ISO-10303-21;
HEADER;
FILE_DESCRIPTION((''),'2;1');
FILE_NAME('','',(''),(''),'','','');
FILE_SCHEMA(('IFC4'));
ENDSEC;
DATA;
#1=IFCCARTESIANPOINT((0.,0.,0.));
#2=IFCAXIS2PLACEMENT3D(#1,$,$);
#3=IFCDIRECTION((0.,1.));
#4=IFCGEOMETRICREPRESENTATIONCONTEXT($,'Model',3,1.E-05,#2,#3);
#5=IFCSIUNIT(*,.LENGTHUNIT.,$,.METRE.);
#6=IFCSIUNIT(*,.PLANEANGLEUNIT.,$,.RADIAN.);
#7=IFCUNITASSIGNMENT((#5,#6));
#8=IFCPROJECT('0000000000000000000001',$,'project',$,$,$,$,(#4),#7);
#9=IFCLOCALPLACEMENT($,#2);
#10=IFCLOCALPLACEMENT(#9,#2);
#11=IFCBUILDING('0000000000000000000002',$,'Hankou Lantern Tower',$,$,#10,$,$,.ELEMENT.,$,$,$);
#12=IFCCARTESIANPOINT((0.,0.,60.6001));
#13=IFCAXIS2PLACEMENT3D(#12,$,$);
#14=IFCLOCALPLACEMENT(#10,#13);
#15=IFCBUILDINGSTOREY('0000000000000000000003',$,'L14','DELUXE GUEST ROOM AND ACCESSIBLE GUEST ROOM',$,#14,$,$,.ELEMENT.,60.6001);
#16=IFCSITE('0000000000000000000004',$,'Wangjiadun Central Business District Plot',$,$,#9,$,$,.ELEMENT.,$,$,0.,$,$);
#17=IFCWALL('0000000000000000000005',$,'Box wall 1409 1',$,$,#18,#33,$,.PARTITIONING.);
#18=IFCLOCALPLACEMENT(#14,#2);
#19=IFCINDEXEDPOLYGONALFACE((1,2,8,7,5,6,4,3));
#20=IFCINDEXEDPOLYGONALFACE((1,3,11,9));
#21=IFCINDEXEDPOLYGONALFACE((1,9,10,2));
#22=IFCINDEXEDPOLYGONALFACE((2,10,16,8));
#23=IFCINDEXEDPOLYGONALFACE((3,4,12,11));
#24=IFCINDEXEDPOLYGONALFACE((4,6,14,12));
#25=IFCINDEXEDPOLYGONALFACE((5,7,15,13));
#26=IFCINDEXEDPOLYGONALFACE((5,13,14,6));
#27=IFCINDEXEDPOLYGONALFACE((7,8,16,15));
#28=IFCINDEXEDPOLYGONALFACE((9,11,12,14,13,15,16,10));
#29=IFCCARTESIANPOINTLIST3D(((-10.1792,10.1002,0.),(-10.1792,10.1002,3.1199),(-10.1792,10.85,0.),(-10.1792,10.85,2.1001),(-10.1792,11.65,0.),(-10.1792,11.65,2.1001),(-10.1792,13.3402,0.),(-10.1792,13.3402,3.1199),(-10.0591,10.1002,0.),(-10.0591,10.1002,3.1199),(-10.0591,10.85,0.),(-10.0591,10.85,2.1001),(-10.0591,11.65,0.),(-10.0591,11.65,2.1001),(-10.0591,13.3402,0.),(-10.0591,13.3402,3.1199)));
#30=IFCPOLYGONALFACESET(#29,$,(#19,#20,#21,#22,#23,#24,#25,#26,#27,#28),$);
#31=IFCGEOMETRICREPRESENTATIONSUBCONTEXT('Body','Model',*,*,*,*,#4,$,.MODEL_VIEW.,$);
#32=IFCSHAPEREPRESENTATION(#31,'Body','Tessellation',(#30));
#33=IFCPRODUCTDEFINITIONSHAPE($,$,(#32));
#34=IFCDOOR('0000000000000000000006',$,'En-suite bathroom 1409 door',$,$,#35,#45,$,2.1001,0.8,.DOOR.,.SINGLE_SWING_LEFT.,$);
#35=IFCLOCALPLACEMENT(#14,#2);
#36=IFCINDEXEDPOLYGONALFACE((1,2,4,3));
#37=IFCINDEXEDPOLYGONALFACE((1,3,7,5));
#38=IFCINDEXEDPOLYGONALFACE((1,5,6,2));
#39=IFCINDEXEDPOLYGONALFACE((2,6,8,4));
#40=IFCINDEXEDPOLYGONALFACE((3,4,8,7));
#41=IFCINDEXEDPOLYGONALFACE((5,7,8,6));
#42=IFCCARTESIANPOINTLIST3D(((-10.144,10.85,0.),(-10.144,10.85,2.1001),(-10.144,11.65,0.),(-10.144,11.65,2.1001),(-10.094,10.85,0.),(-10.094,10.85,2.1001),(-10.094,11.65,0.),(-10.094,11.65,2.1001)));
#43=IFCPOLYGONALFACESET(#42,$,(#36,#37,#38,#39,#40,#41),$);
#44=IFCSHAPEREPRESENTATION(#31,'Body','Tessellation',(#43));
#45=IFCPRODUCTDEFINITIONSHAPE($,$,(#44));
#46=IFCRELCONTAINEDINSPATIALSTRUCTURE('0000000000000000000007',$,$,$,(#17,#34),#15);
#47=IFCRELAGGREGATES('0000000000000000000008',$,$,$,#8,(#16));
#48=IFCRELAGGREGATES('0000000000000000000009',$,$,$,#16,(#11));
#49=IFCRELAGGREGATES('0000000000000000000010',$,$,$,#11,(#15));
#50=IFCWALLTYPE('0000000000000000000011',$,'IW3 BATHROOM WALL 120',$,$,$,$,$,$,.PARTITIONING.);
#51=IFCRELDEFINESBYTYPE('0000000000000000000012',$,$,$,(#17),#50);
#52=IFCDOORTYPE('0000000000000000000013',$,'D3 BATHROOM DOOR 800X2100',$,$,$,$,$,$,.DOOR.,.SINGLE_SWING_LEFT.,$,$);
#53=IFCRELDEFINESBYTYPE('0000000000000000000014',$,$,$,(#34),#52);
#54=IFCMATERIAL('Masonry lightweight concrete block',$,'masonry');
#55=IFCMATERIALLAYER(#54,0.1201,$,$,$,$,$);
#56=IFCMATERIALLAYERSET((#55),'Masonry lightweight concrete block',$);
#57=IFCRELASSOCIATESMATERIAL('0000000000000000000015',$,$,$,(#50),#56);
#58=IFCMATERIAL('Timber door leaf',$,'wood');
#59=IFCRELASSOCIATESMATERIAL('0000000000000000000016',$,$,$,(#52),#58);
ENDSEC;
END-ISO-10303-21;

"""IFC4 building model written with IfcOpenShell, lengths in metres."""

from ifc_helpers import new_model, si_unit, direction, frame, frame_2d, origin, place, context, subcontext, project, spatial, rectangle, extrude, material, layer, layer_set, type_object, element, fill, save


model = new_model("IFC4")

# Units and contexts
model_context = context("Model", 3, precision=1e-05, world=origin(), true_north=direction((0.0, 1.0)))
body_context = subcontext(model_context, "Body", "Model", "MODEL_VIEW")
ifc_project = project(units=[si_unit("LENGTHUNIT", "METRE"), si_unit("PLANEANGLEUNIT", "RADIAN")], contexts=[model_context])

# Site, building, storey
site_placement = place(None, origin())
site = spatial("IfcSite", under=ifc_project, at=site_placement, Name="Wangjiadun Central Business District Plot", CompositionType="ELEMENT", RefElevation=0.0)
building_placement = place(site_placement, origin())
building = spatial("IfcBuilding", under=site, at=building_placement, Name="Hankou Lantern Tower", CompositionType="ELEMENT")
storey_placement = place(building_placement, frame((0.0, 0.0, 60.6001)))
storey = spatial("IfcBuildingStorey", under=building, at=storey_placement, Name="L14", Description="DELUXE GUEST ROOM AND ACCESSIBLE GUEST ROOM", CompositionType="ELEMENT", Elevation=60.6001)

# Shared definitions
ifc_material_1 = material(Name="Masonry lightweight concrete block", Category="masonry")
ifc_layer_1 = layer(ifc_material_1, 0.1201)
ifc_layer_set_1 = layer_set([ifc_layer_1], Name="Masonry lightweight concrete block")
wall_type_1 = type_object("IfcWallType", Name="IW3 BATHROOM WALL 120", PredefinedType="PARTITIONING", material=ifc_layer_set_1)

# Wall, opening, door
wall_1_placement = place(storey_placement, frame((-10.1191, 10.1001, 0.0), z_axis=(0.0, 0.0, 1.0), x_axis=(0.0, 1.0, 0.0)))
wall_1 = element("IfcWall", 1, at=wall_1_placement, inside=storey, type_object=wall_type_1, Name="Box wall 1409 1", PredefinedType="PARTITIONING", context=body_context, shape_type="SweptSolid", body=[
    extrude(rectangle(XDim=3.24, YDim=0.1201, at=frame_2d((1.6201, 0.0))), origin(), (0.0, 0.0, 1.0), 3.1199),
])
opening_1_placement = place(wall_1_placement, frame((0.75, 0.0, 0.0)))
opening_1 = element("IfcOpeningElement", 2, at=opening_1_placement, cuts=wall_1, PredefinedType="OPENING", context=body_context, shape_type="SweptSolid", body=[
    extrude(rectangle(XDim=0.8, YDim=2.1001, at=frame_2d((0.3999, 1.05))), frame((0.0, 0.0701, 0.0), z_axis=(0.0, -1.0, 0.0), x_axis=(1.0, 0.0, 0.0)), (0.0, 0.0, 1.0), 0.1401),
])
ifc_material_2 = material(Name="Timber door leaf", Category="wood")
door_type_1 = type_object("IfcDoorType", Name="D3 BATHROOM DOOR 800X2100", OperationType="SINGLE_SWING_LEFT", PredefinedType="DOOR", material=ifc_material_2)
door_1_placement = place(opening_1_placement, origin())
door_1 = element("IfcDoor", 3, at=door_1_placement, inside=storey, type_object=door_type_1, Name="En-suite bathroom 1409 door", OperationType="SINGLE_SWING_LEFT", OverallHeight=2.1001, OverallWidth=0.8, PredefinedType="DOOR", context=body_context, shape_type="SweptSolid", body=[
    extrude(rectangle(XDim=0.8, YDim=2.1001, at=frame_2d((0.3999, 1.05))), frame((0.0, 0.0249, 0.0), z_axis=(0.0, -1.0, 0.0), x_axis=(1.0, 0.0, 0.0)), (0.0, 0.0, 1.0), 0.05),
])
fill(opening_1, door_1)

save(model, "model.ifc")
